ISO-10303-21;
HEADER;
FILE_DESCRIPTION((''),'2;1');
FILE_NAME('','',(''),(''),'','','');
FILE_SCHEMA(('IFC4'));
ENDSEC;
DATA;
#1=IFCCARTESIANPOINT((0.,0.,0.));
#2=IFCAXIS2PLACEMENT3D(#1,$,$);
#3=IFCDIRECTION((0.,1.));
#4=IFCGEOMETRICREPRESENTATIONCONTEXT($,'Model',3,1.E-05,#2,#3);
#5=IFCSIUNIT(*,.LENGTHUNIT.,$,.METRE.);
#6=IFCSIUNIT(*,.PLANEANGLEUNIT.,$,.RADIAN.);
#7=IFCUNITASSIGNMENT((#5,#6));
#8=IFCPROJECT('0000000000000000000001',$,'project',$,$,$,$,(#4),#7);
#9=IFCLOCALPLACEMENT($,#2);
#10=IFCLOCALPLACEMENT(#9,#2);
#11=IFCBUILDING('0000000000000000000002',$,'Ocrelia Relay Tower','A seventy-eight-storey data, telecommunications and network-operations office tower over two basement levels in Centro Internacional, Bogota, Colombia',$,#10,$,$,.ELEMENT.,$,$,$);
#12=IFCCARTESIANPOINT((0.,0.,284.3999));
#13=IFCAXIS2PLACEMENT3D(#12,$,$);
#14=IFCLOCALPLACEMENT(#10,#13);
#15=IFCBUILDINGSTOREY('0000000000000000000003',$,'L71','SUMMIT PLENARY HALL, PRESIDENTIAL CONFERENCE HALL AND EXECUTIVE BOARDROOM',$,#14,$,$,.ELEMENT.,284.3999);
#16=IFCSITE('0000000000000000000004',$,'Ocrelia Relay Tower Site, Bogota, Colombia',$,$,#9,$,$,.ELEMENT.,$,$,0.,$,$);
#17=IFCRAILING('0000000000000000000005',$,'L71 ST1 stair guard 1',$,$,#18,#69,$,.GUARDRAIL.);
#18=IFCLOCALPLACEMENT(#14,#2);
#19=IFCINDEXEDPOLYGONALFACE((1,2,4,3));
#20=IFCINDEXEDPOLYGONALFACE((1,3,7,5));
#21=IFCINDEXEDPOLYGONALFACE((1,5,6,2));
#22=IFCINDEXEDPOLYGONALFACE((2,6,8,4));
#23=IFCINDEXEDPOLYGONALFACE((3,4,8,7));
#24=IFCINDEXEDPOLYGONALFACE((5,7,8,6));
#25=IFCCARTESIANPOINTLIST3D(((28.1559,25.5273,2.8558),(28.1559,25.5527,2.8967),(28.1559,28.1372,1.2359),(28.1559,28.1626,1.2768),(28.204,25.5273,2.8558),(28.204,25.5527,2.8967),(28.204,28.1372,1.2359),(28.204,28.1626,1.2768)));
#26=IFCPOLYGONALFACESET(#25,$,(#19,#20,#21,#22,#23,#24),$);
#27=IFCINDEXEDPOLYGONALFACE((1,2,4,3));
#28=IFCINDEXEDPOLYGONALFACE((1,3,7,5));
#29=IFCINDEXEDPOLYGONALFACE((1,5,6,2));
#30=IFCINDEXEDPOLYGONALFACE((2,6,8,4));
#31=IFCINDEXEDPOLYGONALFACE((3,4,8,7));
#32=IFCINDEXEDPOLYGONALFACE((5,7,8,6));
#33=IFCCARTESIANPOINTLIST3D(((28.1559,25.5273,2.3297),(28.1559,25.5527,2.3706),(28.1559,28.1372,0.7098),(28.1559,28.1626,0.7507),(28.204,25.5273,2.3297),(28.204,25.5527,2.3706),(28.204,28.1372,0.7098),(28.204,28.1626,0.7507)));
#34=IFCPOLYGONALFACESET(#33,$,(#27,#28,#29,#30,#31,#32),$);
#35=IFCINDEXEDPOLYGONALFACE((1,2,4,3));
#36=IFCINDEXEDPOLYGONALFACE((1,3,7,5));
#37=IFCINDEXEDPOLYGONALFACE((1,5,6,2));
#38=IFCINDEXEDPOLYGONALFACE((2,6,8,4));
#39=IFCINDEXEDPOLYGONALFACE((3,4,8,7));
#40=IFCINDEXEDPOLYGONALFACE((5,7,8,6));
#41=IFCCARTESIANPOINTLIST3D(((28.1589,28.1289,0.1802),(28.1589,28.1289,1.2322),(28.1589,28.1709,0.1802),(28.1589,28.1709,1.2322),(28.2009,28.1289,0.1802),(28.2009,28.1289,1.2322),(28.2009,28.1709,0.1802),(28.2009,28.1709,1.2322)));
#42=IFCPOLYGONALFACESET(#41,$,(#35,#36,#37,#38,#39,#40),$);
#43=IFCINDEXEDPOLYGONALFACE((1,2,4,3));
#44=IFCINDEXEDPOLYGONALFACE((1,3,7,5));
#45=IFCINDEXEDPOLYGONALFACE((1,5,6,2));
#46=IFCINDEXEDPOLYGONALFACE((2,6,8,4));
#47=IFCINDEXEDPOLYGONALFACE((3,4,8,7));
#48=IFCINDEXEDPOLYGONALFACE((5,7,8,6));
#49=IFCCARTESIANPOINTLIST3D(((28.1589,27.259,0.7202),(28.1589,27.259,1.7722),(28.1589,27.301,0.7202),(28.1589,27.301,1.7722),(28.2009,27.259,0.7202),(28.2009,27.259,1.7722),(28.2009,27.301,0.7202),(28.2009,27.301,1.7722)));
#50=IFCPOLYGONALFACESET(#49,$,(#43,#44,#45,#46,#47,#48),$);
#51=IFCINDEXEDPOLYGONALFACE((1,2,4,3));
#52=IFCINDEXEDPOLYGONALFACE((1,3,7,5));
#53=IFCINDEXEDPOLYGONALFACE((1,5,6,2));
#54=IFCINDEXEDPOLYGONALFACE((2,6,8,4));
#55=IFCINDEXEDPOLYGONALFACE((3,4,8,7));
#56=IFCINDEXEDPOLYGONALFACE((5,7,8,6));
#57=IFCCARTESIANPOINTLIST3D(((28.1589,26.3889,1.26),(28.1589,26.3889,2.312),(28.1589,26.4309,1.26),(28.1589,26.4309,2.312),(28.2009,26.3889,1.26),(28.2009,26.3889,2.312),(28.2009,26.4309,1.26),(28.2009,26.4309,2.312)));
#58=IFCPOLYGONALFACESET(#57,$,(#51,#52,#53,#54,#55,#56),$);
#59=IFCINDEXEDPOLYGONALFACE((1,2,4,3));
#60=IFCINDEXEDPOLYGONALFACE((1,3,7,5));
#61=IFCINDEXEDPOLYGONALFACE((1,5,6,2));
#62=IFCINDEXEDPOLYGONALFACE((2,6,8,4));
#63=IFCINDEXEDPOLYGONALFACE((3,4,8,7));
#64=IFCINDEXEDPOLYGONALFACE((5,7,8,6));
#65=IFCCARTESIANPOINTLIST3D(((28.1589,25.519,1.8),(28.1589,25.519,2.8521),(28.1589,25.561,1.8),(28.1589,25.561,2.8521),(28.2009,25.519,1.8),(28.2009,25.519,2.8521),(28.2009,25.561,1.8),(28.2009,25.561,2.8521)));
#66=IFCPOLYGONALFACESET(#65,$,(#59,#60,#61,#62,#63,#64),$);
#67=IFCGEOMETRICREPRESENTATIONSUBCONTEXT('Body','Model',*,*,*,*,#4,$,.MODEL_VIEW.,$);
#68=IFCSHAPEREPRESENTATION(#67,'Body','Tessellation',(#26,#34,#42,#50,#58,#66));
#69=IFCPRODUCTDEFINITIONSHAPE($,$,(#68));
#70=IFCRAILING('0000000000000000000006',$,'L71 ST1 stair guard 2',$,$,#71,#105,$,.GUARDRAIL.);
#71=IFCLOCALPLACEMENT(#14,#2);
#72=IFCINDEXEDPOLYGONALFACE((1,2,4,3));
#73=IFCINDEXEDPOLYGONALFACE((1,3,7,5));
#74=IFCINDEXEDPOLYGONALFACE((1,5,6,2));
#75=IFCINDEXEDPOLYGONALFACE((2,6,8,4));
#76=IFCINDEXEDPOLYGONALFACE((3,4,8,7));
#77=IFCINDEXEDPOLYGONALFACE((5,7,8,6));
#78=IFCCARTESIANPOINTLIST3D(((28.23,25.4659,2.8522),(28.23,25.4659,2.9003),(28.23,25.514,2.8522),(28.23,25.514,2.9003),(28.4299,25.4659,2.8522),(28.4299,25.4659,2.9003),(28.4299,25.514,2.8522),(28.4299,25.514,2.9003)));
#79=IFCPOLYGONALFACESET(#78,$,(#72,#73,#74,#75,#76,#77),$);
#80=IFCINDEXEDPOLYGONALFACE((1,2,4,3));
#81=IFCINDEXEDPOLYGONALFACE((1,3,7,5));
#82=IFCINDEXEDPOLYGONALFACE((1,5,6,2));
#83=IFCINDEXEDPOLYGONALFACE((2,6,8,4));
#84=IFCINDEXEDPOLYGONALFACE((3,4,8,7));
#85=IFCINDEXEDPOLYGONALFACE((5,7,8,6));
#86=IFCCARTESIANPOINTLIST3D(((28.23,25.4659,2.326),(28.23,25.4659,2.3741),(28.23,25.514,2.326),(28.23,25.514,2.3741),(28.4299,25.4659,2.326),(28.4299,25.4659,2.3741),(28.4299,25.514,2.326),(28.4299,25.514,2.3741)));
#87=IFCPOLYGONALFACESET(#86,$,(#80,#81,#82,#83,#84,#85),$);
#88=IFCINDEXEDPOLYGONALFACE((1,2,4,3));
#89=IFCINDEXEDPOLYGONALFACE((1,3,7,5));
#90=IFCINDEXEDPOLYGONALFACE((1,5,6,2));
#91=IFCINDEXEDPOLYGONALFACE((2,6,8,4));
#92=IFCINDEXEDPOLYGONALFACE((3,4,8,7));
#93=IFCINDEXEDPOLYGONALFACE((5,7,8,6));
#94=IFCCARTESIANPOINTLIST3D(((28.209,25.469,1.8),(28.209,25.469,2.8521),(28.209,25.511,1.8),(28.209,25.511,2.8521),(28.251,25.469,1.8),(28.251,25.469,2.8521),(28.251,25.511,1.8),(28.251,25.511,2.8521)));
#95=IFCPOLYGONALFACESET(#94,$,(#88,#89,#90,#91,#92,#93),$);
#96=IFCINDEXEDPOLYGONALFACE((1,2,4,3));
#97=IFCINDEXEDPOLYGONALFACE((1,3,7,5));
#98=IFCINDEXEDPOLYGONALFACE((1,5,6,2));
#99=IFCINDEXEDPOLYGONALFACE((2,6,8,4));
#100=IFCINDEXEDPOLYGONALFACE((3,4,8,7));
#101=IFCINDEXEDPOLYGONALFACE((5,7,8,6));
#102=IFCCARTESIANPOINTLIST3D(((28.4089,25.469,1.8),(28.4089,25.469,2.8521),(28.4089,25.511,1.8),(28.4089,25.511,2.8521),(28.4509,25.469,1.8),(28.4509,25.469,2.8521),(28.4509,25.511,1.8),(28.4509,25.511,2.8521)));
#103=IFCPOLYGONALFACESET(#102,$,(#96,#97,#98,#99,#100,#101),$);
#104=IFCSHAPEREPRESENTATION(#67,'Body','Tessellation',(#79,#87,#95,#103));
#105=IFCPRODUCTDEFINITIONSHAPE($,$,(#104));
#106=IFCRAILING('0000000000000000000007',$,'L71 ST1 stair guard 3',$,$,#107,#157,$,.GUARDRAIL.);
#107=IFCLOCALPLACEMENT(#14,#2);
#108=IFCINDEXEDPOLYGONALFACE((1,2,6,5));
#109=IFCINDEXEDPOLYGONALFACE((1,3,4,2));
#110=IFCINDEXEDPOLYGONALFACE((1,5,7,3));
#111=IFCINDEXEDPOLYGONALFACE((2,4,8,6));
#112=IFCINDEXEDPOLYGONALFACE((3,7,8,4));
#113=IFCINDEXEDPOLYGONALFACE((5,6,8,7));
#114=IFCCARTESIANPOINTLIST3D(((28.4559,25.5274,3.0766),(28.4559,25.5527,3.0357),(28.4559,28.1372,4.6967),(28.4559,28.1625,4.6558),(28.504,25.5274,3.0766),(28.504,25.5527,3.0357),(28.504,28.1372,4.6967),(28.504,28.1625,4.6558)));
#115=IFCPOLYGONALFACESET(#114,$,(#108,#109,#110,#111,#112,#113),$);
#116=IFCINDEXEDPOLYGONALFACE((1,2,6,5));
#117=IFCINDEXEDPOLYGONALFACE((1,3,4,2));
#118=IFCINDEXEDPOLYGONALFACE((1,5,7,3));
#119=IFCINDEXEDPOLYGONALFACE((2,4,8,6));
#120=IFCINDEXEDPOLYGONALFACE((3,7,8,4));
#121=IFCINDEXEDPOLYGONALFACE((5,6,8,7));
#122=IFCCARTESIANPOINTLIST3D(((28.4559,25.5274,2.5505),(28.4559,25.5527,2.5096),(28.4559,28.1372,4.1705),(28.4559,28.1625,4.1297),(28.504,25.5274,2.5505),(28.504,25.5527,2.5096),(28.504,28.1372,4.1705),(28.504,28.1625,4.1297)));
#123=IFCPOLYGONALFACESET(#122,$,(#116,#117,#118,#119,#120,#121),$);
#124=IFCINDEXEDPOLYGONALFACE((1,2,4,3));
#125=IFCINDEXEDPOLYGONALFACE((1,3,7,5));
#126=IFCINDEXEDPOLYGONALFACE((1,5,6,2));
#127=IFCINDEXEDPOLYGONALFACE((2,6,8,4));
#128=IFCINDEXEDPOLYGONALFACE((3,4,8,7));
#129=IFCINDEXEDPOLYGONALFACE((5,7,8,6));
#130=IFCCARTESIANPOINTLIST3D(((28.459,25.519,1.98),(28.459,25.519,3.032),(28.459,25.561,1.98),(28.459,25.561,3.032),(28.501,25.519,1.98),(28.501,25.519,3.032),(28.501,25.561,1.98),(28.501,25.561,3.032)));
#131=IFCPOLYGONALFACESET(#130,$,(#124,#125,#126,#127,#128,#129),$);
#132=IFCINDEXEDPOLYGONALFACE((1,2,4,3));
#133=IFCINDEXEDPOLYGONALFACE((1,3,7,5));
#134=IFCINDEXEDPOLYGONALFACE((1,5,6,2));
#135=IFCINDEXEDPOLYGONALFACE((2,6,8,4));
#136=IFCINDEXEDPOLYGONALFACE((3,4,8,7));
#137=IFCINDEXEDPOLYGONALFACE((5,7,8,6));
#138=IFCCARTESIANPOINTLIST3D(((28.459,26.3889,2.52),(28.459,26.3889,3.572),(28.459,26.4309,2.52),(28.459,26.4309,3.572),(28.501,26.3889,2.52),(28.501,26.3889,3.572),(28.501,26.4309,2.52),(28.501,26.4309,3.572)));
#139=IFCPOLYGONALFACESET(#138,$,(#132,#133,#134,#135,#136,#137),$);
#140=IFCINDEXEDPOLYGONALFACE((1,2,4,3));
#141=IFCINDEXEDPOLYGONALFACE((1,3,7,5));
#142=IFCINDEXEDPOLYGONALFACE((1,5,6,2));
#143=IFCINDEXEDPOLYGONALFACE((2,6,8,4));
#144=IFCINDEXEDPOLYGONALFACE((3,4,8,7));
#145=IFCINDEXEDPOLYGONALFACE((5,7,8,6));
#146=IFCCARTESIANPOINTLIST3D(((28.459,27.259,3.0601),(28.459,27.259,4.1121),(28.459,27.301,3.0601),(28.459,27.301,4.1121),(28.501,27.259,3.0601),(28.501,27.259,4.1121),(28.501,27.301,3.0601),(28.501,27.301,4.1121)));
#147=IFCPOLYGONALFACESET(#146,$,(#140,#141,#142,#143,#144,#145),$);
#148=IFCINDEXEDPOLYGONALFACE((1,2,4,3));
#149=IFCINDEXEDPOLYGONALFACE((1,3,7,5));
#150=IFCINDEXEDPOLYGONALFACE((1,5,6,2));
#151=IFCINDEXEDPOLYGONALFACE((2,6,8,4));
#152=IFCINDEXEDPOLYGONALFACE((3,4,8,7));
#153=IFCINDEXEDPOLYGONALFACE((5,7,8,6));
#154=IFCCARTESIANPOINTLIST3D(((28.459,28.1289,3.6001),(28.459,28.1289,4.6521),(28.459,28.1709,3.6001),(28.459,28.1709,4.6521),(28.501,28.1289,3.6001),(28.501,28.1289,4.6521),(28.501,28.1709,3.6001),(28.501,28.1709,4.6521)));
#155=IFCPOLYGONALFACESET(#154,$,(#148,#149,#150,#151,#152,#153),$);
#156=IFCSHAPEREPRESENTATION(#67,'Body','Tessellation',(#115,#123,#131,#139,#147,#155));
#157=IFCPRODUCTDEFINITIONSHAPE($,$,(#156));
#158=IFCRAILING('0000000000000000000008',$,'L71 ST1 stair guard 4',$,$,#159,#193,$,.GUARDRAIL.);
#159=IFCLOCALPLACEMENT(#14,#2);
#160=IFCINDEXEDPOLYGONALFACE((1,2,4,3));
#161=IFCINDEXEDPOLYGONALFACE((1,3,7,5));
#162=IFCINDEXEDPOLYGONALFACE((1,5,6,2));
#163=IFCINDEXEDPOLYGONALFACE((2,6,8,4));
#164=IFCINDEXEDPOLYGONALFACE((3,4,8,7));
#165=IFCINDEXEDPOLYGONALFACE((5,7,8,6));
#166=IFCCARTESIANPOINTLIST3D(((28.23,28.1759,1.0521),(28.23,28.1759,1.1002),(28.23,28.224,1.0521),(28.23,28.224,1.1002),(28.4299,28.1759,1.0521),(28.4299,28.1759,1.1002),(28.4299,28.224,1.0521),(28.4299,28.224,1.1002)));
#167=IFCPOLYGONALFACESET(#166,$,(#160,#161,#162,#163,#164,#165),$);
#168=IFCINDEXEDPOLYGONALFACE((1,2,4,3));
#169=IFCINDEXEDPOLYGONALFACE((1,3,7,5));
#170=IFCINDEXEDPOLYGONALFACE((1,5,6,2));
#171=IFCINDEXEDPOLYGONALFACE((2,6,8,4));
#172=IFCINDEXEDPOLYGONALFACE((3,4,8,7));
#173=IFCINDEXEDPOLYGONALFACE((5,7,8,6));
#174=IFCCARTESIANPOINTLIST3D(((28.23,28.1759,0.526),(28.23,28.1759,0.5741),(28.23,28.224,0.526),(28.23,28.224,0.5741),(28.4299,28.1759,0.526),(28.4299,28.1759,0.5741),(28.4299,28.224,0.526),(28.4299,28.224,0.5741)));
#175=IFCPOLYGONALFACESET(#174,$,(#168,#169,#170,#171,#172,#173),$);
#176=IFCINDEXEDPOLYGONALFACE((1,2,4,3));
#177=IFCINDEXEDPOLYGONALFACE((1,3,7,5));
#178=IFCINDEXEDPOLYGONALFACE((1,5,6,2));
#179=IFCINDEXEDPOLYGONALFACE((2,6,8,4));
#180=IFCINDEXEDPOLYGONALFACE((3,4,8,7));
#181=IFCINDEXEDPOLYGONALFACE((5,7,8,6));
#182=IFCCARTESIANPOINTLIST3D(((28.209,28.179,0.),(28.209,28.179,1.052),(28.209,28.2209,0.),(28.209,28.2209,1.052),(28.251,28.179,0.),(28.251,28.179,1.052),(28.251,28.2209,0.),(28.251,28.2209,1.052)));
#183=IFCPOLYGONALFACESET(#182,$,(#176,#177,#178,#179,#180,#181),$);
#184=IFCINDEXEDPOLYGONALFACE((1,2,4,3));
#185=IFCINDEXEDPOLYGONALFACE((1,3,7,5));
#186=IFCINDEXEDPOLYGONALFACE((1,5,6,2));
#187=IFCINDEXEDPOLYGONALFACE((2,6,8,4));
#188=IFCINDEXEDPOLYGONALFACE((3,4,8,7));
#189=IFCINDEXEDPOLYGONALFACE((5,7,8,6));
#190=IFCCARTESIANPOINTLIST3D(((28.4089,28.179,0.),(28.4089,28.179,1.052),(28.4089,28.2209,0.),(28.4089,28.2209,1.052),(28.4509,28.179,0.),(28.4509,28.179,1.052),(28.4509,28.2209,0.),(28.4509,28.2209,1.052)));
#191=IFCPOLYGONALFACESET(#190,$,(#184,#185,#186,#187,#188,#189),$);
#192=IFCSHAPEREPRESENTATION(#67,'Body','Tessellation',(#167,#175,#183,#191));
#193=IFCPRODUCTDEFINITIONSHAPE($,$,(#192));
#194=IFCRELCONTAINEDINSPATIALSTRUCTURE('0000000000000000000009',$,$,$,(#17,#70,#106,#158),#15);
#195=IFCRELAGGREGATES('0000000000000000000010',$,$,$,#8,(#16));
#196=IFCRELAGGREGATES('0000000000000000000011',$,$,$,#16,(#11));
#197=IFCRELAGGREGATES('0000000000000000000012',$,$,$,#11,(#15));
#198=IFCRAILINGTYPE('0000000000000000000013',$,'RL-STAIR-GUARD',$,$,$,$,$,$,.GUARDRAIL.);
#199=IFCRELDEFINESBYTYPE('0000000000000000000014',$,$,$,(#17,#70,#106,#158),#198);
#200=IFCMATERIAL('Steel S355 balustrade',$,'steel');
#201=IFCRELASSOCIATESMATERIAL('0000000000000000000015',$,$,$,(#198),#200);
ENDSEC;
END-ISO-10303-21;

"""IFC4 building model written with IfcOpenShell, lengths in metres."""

from ifc_helpers import new_model, si_unit, direction, frame, origin, origin_2d, place, context, subcontext, project, spatial, rectangle, extrude, material, type_object, element, save


model = new_model("IFC4")

# Units and contexts
model_context = context("Model", 3, precision=1e-05, world=origin(), true_north=direction((0.0, 1.0)))
body_context = subcontext(model_context, "Body", "Model", "MODEL_VIEW")
ifc_project = project(units=[si_unit("LENGTHUNIT", "METRE"), si_unit("PLANEANGLEUNIT", "RADIAN")], contexts=[model_context])

# Site, building, storey
site_placement = place(None, origin())
site = spatial("IfcSite", under=ifc_project, at=site_placement, Name="Ocrelia Relay Tower Site, Bogota, Colombia", CompositionType="ELEMENT", RefElevation=0.0)
building_placement = place(site_placement, origin())
building = spatial("IfcBuilding", under=site, at=building_placement, Name="Ocrelia Relay Tower", Description="A seventy-eight-storey data, telecommunications and network-operations office tower over two basement levels in Centro Internacional, Bogota, Colombia", CompositionType="ELEMENT")
storey_placement = place(building_placement, frame((0.0, 0.0, 284.3999)))
storey = spatial("IfcBuildingStorey", under=building, at=storey_placement, Name="L71", Description="SUMMIT PLENARY HALL, PRESIDENTIAL CONFERENCE HALL AND EXECUTIVE BOARDROOM", CompositionType="ELEMENT", Elevation=284.3999)

# Railings
ifc_material_1 = material(Name="Steel S355 balustrade", Category="steel")
railing_type_1 = type_object("IfcRailingType", Name="RL-STAIR-GUARD", PredefinedType="GUARDRAIL", material=ifc_material_1)
railing_1_placement = place(storey_placement, frame((28.1799, 28.1499, 0.1802)))
element("IfcRailing", 1, at=railing_1_placement, inside=storey, type_object=railing_type_1, Name="L71 ST1 stair guard 1", PredefinedType="GUARDRAIL", context=body_context, shape_type="SweptSolid", body=[
    extrude(rectangle(XDim=0.0481, YDim=0.0481, at=origin_2d()), frame((0.0, 0.0, 1.0762), z_axis=(0.0, -0.849646, 0.527353), x_axis=(1.0, 0.0, 0.0)), (0.0, 0.0, 1.0), 3.0718),
    extrude(rectangle(XDim=0.0481, YDim=0.0481, at=origin_2d()), frame((0.0, 0.0, 0.55), z_axis=(0.0, -0.849646, 0.527353), x_axis=(1.0, 0.0, 0.0)), (0.0, 0.0, 1.0), 3.0718),
    extrude(rectangle(XDim=0.042, YDim=0.042, at=origin_2d()), origin(), (0.0, 0.0, 1.0), 1.052),
    extrude(rectangle(XDim=0.042, YDim=0.042, at=origin_2d()), frame((0.0, -0.8699, 0.54)), (0.0, 0.0, 1.0), 1.052),
    extrude(rectangle(XDim=0.042, YDim=0.042, at=origin_2d()), frame((0.0, -1.74, 1.0798)), (0.0, 0.0, 1.0), 1.052),
    extrude(rectangle(XDim=0.042, YDim=0.042, at=origin_2d()), frame((0.0, -2.6099, 1.6199)), (0.0, 0.0, 1.0), 1.052),
])
railing_2_placement = place(storey_placement, frame((28.23, 25.49, 1.8)))
element("IfcRailing", 2, at=railing_2_placement, inside=storey, type_object=railing_type_1, Name="L71 ST1 stair guard 2", PredefinedType="GUARDRAIL", context=body_context, shape_type="SweptSolid", body=[
    extrude(rectangle(XDim=0.0481, YDim=0.0481, at=origin_2d()), frame((0.0, 0.0, 1.0762), z_axis=(1.0, 0.0, 0.0), x_axis=(0.0, 1.0, 0.0)), (0.0, 0.0, 1.0), 0.2),
    extrude(rectangle(XDim=0.0481, YDim=0.0481, at=origin_2d()), frame((0.0, 0.0, 0.55), z_axis=(1.0, 0.0, 0.0), x_axis=(0.0, 1.0, 0.0)), (0.0, 0.0, 1.0), 0.2),
    extrude(rectangle(XDim=0.042, YDim=0.042, at=origin_2d()), origin(), (0.0, 0.0, 1.0), 1.052),
    extrude(rectangle(XDim=0.042, YDim=0.042, at=origin_2d()), frame((0.2, 0.0, 0.0)), (0.0, 0.0, 1.0), 1.052),
])
railing_3_placement = place(storey_placement, frame((28.48, 25.54, 1.98)))
element("IfcRailing", 3, at=railing_3_placement, inside=storey, type_object=railing_type_1, Name="L71 ST1 stair guard 3", PredefinedType="GUARDRAIL", context=body_context, shape_type="SweptSolid", body=[
    extrude(rectangle(XDim=0.0481, YDim=0.0481, at=origin_2d()), frame((0.0, 0.0, 1.0762), z_axis=(0.0, 0.849611, 0.52741), x_axis=(-1.0, 0.0, 0.0)), (0.0, 0.0, 1.0), 3.0718),
    extrude(rectangle(XDim=0.0481, YDim=0.0481, at=origin_2d()), frame((0.0, 0.0, 0.55), z_axis=(0.0, 0.849611, 0.52741), x_axis=(-1.0, 0.0, 0.0)), (0.0, 0.0, 1.0), 3.0718),
    extrude(rectangle(XDim=0.042, YDim=0.042, at=origin_2d()), origin(), (0.0, 0.0, 1.0), 1.052),
    extrude(rectangle(XDim=0.042, YDim=0.042, at=origin_2d()), frame((0.0, 0.8699, 0.54)), (0.0, 0.0, 1.0), 1.052),
    extrude(rectangle(XDim=0.042, YDim=0.042, at=origin_2d()), frame((0.0, 1.74, 1.0801)), (0.0, 0.0, 1.0), 1.052),
    extrude(rectangle(XDim=0.042, YDim=0.042, at=origin_2d()), frame((0.0, 2.6099, 1.6201)), (0.0, 0.0, 1.0), 1.052),
])
railing_4_placement = place(storey_placement, frame((28.23, 28.2, 0.0)))
element("IfcRailing", 4, at=railing_4_placement, inside=storey, type_object=railing_type_1, Name="L71 ST1 stair guard 4", PredefinedType="GUARDRAIL", context=body_context, shape_type="SweptSolid", body=[
    extrude(rectangle(XDim=0.0481, YDim=0.0481, at=origin_2d()), frame((0.0, 0.0, 1.0762), z_axis=(1.0, 0.0, 0.0), x_axis=(0.0, 1.0, 0.0)), (0.0, 0.0, 1.0), 0.2),
    extrude(rectangle(XDim=0.0481, YDim=0.0481, at=origin_2d()), frame((0.0, 0.0, 0.55), z_axis=(1.0, 0.0, 0.0), x_axis=(0.0, 1.0, 0.0)), (0.0, 0.0, 1.0), 0.2),
    extrude(rectangle(XDim=0.042, YDim=0.042, at=origin_2d()), origin(), (0.0, 0.0, 1.0), 1.052),
    extrude(rectangle(XDim=0.042, YDim=0.042, at=origin_2d()), frame((0.2, 0.0, 0.0)), (0.0, 0.0, 1.0), 1.052),
])

save(model, "model.ifc")
